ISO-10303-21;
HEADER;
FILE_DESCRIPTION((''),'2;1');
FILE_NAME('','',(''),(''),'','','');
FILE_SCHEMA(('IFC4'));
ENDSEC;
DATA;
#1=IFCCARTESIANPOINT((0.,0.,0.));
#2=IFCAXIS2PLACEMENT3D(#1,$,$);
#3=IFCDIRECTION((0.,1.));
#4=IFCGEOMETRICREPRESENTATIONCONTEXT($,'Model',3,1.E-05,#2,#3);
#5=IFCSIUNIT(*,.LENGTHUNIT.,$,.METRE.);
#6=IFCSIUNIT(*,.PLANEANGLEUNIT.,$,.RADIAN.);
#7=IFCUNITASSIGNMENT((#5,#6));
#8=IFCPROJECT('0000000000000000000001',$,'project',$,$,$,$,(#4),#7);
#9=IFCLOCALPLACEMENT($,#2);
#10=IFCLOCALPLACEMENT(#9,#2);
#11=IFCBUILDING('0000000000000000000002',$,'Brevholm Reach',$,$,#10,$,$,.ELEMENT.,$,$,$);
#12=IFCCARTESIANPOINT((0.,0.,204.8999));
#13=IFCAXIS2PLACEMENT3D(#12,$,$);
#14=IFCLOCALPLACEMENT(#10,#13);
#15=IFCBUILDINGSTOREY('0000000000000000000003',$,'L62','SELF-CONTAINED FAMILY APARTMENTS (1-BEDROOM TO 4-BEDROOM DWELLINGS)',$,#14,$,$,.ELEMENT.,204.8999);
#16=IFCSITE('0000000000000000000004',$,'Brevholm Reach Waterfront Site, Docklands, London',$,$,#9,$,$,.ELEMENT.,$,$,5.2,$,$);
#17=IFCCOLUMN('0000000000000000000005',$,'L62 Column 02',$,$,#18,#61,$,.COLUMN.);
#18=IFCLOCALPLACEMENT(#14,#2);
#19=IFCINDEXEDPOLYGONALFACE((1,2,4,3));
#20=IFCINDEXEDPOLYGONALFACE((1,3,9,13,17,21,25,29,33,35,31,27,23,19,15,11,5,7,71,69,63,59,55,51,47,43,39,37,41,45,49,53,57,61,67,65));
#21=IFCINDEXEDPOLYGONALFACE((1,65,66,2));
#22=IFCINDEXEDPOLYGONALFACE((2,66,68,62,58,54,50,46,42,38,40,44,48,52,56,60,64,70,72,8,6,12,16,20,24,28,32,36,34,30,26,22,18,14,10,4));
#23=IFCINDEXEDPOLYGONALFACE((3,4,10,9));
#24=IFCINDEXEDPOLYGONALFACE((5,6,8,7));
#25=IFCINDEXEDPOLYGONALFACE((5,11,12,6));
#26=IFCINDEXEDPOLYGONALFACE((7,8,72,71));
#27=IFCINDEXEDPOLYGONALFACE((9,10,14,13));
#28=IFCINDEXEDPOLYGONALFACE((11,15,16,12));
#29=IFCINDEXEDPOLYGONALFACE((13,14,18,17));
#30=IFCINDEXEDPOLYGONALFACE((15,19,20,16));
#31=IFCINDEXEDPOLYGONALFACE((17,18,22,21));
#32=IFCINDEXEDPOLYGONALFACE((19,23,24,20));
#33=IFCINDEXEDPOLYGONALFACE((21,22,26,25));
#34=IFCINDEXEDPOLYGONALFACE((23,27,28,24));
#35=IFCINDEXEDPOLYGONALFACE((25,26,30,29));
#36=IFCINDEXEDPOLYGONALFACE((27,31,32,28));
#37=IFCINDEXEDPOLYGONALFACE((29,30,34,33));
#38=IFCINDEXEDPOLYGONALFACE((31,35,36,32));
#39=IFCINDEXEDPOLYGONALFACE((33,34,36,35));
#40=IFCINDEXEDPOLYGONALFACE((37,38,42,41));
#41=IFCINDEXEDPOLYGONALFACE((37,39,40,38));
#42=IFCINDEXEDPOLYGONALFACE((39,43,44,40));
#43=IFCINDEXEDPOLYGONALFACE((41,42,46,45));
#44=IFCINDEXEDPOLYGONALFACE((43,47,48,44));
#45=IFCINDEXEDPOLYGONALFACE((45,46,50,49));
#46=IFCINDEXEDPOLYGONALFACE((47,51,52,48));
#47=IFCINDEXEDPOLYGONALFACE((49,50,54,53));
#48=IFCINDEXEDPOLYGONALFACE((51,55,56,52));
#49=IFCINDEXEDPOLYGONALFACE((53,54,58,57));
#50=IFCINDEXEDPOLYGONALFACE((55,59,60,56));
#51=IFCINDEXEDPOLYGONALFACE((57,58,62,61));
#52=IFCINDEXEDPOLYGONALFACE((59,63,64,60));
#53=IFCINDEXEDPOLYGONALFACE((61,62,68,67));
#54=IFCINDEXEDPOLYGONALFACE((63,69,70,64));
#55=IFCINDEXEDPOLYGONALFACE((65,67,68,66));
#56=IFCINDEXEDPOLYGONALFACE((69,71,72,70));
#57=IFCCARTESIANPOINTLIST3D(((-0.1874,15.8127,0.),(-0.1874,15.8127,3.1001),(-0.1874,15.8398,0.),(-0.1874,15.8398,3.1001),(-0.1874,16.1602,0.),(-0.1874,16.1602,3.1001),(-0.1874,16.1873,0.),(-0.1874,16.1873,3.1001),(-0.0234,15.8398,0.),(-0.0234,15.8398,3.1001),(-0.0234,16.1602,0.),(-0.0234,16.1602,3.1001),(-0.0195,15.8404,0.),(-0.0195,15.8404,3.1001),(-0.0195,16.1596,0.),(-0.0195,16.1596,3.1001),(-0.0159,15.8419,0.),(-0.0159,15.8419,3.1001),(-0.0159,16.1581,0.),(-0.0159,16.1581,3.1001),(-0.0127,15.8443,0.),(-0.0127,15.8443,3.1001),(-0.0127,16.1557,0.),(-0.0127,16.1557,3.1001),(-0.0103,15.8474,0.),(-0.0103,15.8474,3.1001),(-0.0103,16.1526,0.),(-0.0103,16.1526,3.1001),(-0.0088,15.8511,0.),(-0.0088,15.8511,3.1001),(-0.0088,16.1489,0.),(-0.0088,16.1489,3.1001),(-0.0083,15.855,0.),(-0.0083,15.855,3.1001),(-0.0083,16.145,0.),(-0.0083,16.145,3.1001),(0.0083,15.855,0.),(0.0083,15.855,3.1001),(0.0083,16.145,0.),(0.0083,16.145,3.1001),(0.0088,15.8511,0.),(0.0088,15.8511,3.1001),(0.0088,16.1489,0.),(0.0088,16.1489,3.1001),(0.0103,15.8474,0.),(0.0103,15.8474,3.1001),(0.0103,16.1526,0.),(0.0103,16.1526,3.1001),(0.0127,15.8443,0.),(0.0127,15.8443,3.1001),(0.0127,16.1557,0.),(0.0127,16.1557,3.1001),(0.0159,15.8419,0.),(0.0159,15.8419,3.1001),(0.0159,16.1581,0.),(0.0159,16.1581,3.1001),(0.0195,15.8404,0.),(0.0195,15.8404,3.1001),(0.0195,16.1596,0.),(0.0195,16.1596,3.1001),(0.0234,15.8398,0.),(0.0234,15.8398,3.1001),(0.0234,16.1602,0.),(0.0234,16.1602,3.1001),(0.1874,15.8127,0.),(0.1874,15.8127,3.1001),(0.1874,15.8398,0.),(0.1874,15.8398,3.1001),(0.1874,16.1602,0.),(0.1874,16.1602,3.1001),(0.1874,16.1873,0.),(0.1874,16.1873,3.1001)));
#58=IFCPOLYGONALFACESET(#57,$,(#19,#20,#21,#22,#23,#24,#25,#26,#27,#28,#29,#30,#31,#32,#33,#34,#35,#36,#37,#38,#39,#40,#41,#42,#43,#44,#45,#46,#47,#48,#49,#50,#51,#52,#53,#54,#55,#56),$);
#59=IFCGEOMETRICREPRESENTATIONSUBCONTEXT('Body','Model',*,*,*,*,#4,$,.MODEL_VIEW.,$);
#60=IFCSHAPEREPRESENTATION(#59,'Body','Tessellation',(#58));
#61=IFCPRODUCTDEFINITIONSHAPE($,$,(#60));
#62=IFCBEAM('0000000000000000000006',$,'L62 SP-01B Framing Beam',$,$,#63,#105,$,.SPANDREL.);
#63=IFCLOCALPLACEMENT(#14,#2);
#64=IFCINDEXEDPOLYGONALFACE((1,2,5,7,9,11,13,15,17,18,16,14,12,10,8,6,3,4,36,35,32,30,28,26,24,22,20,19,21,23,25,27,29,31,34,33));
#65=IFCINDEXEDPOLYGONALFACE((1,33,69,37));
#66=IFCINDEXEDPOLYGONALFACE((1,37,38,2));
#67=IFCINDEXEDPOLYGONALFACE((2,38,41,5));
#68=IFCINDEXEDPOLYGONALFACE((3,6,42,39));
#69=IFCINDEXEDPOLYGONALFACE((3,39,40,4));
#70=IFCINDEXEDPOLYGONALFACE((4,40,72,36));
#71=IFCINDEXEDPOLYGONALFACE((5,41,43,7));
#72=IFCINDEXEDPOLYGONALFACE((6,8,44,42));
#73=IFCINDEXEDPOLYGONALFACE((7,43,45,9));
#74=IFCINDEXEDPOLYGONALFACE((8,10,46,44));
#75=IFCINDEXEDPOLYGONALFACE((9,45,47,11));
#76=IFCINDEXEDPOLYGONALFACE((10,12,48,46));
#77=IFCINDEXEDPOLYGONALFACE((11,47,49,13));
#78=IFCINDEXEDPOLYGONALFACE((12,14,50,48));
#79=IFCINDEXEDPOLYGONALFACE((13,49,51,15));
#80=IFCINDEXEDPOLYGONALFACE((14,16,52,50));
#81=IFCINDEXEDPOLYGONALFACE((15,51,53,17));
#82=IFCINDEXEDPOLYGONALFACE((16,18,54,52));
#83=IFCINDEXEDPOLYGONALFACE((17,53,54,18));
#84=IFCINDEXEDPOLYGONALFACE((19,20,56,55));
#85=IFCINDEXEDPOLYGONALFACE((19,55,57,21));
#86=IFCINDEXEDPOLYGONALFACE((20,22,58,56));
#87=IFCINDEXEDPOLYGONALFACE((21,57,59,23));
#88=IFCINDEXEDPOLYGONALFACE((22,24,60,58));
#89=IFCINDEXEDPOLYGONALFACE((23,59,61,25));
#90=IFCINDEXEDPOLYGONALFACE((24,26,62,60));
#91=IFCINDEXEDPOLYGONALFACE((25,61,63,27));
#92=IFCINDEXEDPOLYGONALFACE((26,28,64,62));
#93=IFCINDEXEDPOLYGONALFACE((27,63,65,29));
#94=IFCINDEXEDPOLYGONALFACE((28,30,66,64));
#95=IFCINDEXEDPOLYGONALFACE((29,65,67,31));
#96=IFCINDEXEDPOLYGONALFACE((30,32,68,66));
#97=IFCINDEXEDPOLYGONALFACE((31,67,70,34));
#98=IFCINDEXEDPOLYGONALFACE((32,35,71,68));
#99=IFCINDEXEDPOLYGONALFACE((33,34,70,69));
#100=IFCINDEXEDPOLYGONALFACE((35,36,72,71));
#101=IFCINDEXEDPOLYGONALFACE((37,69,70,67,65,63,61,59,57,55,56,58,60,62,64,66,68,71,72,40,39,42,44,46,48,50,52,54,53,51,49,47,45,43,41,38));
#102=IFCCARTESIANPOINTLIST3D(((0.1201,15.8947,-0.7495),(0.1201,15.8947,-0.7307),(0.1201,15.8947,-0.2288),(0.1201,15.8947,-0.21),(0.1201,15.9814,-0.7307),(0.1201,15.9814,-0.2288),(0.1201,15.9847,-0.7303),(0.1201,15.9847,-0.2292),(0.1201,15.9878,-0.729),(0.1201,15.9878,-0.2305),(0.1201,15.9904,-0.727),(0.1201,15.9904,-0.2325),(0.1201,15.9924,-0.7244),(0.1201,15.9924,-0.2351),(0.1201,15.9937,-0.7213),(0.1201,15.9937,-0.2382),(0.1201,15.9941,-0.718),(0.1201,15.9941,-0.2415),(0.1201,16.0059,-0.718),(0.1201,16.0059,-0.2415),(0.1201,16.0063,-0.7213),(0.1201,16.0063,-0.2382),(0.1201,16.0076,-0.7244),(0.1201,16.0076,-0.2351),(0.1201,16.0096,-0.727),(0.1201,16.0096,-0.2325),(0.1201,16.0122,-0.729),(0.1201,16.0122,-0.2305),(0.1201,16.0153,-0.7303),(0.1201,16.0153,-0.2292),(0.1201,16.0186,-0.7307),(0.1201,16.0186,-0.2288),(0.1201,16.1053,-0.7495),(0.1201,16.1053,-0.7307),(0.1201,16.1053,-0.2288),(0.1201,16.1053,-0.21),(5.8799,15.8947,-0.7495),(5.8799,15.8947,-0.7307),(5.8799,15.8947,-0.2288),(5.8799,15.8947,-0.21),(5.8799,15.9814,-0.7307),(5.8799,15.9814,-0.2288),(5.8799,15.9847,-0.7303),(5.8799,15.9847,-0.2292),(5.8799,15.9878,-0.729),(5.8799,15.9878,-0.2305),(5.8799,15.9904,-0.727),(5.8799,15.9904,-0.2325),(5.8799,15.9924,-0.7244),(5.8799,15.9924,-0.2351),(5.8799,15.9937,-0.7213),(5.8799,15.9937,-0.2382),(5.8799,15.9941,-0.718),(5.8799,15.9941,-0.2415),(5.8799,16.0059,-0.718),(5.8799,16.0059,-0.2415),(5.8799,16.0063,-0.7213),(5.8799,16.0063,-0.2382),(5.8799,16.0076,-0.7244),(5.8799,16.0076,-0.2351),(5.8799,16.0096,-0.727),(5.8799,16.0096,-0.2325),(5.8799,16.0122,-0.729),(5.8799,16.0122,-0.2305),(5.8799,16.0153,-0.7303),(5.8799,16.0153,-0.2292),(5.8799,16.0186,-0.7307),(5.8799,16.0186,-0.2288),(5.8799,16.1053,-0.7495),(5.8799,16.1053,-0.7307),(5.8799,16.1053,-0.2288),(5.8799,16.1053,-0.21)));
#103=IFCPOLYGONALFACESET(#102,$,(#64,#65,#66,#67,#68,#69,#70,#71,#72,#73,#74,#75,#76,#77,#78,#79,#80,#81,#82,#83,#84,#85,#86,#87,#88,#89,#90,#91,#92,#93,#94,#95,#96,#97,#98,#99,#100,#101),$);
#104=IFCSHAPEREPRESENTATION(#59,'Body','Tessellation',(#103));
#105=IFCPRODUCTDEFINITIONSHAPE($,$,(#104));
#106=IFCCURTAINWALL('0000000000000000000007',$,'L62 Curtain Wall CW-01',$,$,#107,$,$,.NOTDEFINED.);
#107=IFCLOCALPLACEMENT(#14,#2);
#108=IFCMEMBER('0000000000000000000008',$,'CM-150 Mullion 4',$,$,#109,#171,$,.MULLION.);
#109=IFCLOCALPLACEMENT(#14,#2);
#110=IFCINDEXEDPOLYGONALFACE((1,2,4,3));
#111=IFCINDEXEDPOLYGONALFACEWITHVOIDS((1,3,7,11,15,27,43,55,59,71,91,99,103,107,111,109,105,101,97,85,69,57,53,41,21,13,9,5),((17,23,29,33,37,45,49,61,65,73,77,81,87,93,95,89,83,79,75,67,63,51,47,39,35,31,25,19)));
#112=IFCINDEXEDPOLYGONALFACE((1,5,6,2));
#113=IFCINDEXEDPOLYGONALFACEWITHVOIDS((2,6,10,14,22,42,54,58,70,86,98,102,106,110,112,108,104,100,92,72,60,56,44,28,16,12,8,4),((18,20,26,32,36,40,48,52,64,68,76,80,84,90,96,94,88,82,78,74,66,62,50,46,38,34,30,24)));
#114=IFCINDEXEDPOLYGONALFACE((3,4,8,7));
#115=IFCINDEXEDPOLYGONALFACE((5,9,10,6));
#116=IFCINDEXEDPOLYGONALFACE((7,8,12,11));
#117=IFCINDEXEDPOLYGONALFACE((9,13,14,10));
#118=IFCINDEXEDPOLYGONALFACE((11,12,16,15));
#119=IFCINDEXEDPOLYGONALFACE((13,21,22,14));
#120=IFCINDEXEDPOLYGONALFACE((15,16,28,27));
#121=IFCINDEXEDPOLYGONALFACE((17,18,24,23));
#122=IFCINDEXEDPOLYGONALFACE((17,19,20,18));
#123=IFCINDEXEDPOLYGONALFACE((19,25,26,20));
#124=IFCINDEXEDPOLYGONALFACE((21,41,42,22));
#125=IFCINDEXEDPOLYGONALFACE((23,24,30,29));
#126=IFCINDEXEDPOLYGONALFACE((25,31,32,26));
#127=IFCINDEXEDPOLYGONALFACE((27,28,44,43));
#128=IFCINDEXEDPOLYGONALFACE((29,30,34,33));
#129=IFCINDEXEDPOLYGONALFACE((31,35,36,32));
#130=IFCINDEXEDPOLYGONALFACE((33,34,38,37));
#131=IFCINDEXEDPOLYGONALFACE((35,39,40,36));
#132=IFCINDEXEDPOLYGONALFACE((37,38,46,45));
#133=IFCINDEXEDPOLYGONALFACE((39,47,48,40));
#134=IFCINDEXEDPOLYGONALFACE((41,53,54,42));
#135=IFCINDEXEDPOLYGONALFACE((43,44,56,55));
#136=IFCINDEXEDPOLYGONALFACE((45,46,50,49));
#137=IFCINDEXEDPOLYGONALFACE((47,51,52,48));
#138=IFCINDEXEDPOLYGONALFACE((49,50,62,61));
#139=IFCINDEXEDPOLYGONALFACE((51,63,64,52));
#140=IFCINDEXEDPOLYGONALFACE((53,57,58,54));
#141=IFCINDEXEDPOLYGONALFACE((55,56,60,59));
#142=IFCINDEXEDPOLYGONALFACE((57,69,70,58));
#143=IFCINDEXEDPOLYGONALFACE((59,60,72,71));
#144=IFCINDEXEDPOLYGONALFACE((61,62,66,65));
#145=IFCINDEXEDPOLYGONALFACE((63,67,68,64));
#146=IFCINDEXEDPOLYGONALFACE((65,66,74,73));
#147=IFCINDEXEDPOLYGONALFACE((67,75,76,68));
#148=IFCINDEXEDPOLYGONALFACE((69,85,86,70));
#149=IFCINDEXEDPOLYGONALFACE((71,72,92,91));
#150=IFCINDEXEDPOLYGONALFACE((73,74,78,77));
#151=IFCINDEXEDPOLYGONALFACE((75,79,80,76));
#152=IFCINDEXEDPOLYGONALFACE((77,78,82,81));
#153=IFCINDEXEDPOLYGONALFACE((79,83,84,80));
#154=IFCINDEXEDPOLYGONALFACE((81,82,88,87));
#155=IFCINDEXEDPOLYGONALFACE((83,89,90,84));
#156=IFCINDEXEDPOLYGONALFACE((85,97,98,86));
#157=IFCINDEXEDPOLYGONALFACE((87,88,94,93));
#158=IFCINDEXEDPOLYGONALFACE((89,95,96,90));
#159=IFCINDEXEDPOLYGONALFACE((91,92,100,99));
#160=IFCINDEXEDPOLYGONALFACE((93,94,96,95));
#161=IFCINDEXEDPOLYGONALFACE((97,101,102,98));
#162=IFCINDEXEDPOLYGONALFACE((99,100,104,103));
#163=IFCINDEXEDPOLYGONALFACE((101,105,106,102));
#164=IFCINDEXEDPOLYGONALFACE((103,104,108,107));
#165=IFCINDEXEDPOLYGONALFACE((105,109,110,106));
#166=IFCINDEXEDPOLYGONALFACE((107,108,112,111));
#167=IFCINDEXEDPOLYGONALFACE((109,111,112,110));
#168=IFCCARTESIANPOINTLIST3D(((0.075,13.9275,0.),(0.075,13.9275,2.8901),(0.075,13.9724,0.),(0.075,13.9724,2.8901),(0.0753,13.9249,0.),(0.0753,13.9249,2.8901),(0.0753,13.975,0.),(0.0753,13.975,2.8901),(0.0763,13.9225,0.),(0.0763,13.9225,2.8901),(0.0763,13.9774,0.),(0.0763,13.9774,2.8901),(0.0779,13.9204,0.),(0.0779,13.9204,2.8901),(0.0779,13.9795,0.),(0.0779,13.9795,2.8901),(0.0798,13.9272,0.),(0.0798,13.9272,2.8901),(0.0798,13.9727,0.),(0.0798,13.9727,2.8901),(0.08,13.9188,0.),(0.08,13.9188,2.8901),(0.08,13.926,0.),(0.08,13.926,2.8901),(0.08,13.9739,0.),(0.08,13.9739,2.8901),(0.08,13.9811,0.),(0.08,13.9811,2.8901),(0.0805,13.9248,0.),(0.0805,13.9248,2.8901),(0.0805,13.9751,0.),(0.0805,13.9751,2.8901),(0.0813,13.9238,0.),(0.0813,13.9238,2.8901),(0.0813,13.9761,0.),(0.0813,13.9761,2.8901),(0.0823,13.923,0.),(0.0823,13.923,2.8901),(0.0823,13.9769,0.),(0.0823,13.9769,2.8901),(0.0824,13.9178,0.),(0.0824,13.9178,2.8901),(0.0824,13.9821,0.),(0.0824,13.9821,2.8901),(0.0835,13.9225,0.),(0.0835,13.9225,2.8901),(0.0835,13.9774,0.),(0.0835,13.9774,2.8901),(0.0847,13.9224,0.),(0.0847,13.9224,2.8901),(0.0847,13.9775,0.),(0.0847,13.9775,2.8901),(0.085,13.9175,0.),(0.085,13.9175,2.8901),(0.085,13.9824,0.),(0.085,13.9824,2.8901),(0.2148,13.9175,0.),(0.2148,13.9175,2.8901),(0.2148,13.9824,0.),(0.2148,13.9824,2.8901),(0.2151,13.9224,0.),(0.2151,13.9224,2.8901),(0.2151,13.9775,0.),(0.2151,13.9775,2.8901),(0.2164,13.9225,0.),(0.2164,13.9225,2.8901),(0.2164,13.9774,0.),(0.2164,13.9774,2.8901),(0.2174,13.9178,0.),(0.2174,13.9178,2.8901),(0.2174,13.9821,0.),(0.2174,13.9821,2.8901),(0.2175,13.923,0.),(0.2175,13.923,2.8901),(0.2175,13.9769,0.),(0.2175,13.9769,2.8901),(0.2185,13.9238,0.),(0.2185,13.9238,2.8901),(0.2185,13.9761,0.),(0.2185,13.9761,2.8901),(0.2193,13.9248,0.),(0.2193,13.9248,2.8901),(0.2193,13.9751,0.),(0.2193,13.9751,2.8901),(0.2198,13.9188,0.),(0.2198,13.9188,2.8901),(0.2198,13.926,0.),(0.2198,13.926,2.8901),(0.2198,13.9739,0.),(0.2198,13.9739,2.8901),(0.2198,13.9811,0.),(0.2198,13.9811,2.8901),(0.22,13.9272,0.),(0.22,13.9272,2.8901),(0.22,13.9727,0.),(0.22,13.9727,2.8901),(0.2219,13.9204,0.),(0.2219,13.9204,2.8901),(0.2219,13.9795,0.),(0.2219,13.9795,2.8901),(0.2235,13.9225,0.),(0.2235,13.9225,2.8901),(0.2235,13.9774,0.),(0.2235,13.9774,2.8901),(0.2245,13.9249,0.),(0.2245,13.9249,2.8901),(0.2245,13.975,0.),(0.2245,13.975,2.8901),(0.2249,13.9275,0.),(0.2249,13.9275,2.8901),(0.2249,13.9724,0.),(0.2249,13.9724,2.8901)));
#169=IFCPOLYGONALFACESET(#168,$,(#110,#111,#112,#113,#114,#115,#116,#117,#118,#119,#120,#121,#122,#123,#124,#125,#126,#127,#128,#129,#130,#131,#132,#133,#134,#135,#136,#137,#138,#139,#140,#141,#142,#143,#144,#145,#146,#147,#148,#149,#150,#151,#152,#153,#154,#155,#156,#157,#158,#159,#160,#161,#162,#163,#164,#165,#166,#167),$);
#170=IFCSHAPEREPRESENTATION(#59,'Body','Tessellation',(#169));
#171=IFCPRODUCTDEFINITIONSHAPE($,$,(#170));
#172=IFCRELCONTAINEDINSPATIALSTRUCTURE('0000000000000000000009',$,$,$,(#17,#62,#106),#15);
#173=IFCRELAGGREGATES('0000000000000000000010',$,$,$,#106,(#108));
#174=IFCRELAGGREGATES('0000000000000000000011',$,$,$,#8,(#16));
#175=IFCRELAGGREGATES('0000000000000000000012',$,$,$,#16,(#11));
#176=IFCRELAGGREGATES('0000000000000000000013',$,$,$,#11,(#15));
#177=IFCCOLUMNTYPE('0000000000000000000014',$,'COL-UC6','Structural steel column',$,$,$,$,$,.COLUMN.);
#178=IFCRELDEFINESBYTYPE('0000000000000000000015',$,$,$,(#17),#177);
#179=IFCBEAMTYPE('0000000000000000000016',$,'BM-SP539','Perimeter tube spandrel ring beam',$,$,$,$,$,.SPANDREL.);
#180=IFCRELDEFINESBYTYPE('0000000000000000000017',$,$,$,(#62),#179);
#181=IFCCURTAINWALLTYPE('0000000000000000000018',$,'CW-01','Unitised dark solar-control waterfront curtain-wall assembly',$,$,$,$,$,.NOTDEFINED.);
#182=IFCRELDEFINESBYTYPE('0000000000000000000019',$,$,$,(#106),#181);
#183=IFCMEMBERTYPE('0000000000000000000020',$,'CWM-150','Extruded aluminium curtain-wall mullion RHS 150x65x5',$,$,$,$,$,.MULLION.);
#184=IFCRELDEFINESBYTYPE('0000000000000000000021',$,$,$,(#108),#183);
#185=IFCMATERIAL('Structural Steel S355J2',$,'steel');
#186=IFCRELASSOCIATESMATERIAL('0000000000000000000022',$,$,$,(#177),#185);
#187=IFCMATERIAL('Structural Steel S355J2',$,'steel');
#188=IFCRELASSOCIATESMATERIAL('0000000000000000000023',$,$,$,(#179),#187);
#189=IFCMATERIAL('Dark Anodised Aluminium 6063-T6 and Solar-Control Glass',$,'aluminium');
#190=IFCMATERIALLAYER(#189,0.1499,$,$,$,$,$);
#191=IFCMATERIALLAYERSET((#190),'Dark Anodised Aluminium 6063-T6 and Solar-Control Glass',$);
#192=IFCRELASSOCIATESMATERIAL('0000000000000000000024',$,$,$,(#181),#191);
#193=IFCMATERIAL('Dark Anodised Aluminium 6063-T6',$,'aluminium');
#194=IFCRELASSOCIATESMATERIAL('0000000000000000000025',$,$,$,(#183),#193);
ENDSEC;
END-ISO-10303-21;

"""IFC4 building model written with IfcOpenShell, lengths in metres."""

from ifc_helpers import new_model, si_unit, direction, frame, origin, origin_2d, place, context, subcontext, project, spatial, hollow_rectangle, i_section, extrude, material, layer, layer_set, material_profile, profile_set, type_object, element, aggregate, save


model = new_model("IFC4")

# Units and contexts
model_context = context("Model", 3, precision=1e-05, world=origin(), true_north=direction((0.0, 1.0)))
body_context = subcontext(model_context, "Body", "Model", "MODEL_VIEW")
ifc_project = project(units=[si_unit("LENGTHUNIT", "METRE"), si_unit("PLANEANGLEUNIT", "RADIAN")], contexts=[model_context])

# Site, building, storey
site_placement = place(None, origin())
site = spatial("IfcSite", under=ifc_project, at=site_placement, Name="Brevholm Reach Waterfront Site, Docklands, London", CompositionType="ELEMENT", RefElevation=5.2)
building_placement = place(site_placement, origin())
building = spatial("IfcBuilding", under=site, at=building_placement, Name="Brevholm Reach", CompositionType="ELEMENT")
storey_placement = place(building_placement, frame((0.0, 0.0, 204.8999)))
storey = spatial("IfcBuildingStorey", under=building, at=storey_placement, Name="L62", Description="SELF-CONTAINED FAMILY APARTMENTS (1-BEDROOM TO 4-BEDROOM DWELLINGS)", CompositionType="ELEMENT", Elevation=204.8999)

# Column
ifc_material_1 = material(Name="Structural Steel S355J2", Category="steel")
ifc_material_profile_1 = material_profile(ifc_material_1, i_section(OverallWidth=0.3748, OverallDepth=0.3745, WebThickness=0.0166, FlangeThickness=0.0271, FilletRadius=0.0151, at=origin_2d()), Name="UKC 356x368x202")
ifc_profile_set_1 = profile_set([ifc_material_profile_1], Name="Structural Steel S355J2")
column_type = type_object("IfcColumnType", Name="COL-UC6", Description="Structural steel column", PredefinedType="COLUMN", material=ifc_profile_set_1)
column_placement = place(storey_placement, frame((0.0, 16.0, 0.0), z_axis=(0.0, 0.0, 1.0), x_axis=(1.0, 0.0, 0.0)))
element("IfcColumn", 1, at=column_placement, inside=storey, type_object=column_type, Name="L62 Column 02", PredefinedType="COLUMN", context=body_context, shape_type="SweptSolid", body=[
    extrude(i_section(OverallWidth=0.3748, OverallDepth=0.3745, WebThickness=0.0166, FlangeThickness=0.0271, FilletRadius=0.0151, at=origin_2d()), origin(), (0.0, 0.0, 1.0), 3.1001),
])

# Beam
ifc_material_2 = material(Name="Structural Steel S355J2", Category="steel")
ifc_material_profile_2 = material_profile(ifc_material_2, i_section(OverallWidth=0.2107, OverallDepth=0.5396, WebThickness=0.0117, FlangeThickness=0.0188, FilletRadius=0.0127, at=origin_2d()), Name="UKB 533x210x109")
ifc_profile_set_2 = profile_set([ifc_material_profile_2], Name="Structural Steel S355J2")
beam_type = type_object("IfcBeamType", Name="BM-SP539", Description="Perimeter tube spandrel ring beam", PredefinedType="SPANDREL", material=ifc_profile_set_2)
beam_placement = place(storey_placement, frame((0.1201, 16.0, -0.4797), z_axis=(1.0, 0.0, 0.0), x_axis=(0.0, 1.0, 0.0)))
element("IfcBeam", 2, at=beam_placement, inside=storey, type_object=beam_type, Name="L62 SP-01B Framing Beam", PredefinedType="SPANDREL", context=body_context, shape_type="SweptSolid", body=[
    extrude(i_section(OverallWidth=0.2107, OverallDepth=0.5396, WebThickness=0.0117, FlangeThickness=0.0188, FilletRadius=0.0127, at=origin_2d()), origin(), (0.0, 0.0, 1.0), 5.7598),
])

# Curtain wall, member
ifc_material_3 = material(Name="Dark Anodised Aluminium 6063-T6 and Solar-Control Glass", Category="aluminium")
ifc_layer_1 = layer(ifc_material_3, 0.1499)
ifc_layer_set_1 = layer_set([ifc_layer_1], Name="Dark Anodised Aluminium 6063-T6 and Solar-Control Glass")
curtain_wall_type = type_object("IfcCurtainWallType", Name="CW-01", Description="Unitised dark solar-control waterfront curtain-wall assembly", PredefinedType="NOTDEFINED", material=ifc_layer_set_1)
curtain_wall_placement = place(storey_placement, origin())
curtain_wall = element("IfcCurtainWall", 3, at=curtain_wall_placement, inside=storey, type_object=curtain_wall_type, Name="L62 Curtain Wall CW-01", PredefinedType="NOTDEFINED")
ifc_material_4 = material(Name="Dark Anodised Aluminium 6063-T6", Category="aluminium")
ifc_material_profile_3 = material_profile(ifc_material_4, hollow_rectangle(XDim=0.0649, YDim=0.1499, WallThickness=0.0049, InnerFilletRadius=0.0049, OuterFilletRadius=0.01, at=origin_2d()), Name="RHS 150x65x5")
ifc_profile_set_3 = profile_set([ifc_material_profile_3], Name="Dark Anodised Aluminium 6063-T6")
member_type_1 = type_object("IfcMemberType", Name="CWM-150", Description="Extruded aluminium curtain-wall mullion RHS 150x65x5", PredefinedType="MULLION", material=ifc_profile_set_3)
member_1_placement = place(storey_placement, frame((0.1499, 13.95, 0.0), z_axis=(0.0, 0.0, 1.0), x_axis=(0.0, -1.0, 0.0)))
member_1 = element("IfcMember", 4, at=member_1_placement, type_object=member_type_1, Name="CM-150 Mullion 4", PredefinedType="MULLION", context=body_context, shape_type="SweptSolid", body=[
    extrude(hollow_rectangle(XDim=0.0649, YDim=0.1499, WallThickness=0.0049, InnerFilletRadius=0.0049, OuterFilletRadius=0.01, at=origin_2d()), origin(), (0.0, 0.0, 1.0), 2.8901),
])
aggregate(curtain_wall, [member_1])

save(model, "model.ifc")
